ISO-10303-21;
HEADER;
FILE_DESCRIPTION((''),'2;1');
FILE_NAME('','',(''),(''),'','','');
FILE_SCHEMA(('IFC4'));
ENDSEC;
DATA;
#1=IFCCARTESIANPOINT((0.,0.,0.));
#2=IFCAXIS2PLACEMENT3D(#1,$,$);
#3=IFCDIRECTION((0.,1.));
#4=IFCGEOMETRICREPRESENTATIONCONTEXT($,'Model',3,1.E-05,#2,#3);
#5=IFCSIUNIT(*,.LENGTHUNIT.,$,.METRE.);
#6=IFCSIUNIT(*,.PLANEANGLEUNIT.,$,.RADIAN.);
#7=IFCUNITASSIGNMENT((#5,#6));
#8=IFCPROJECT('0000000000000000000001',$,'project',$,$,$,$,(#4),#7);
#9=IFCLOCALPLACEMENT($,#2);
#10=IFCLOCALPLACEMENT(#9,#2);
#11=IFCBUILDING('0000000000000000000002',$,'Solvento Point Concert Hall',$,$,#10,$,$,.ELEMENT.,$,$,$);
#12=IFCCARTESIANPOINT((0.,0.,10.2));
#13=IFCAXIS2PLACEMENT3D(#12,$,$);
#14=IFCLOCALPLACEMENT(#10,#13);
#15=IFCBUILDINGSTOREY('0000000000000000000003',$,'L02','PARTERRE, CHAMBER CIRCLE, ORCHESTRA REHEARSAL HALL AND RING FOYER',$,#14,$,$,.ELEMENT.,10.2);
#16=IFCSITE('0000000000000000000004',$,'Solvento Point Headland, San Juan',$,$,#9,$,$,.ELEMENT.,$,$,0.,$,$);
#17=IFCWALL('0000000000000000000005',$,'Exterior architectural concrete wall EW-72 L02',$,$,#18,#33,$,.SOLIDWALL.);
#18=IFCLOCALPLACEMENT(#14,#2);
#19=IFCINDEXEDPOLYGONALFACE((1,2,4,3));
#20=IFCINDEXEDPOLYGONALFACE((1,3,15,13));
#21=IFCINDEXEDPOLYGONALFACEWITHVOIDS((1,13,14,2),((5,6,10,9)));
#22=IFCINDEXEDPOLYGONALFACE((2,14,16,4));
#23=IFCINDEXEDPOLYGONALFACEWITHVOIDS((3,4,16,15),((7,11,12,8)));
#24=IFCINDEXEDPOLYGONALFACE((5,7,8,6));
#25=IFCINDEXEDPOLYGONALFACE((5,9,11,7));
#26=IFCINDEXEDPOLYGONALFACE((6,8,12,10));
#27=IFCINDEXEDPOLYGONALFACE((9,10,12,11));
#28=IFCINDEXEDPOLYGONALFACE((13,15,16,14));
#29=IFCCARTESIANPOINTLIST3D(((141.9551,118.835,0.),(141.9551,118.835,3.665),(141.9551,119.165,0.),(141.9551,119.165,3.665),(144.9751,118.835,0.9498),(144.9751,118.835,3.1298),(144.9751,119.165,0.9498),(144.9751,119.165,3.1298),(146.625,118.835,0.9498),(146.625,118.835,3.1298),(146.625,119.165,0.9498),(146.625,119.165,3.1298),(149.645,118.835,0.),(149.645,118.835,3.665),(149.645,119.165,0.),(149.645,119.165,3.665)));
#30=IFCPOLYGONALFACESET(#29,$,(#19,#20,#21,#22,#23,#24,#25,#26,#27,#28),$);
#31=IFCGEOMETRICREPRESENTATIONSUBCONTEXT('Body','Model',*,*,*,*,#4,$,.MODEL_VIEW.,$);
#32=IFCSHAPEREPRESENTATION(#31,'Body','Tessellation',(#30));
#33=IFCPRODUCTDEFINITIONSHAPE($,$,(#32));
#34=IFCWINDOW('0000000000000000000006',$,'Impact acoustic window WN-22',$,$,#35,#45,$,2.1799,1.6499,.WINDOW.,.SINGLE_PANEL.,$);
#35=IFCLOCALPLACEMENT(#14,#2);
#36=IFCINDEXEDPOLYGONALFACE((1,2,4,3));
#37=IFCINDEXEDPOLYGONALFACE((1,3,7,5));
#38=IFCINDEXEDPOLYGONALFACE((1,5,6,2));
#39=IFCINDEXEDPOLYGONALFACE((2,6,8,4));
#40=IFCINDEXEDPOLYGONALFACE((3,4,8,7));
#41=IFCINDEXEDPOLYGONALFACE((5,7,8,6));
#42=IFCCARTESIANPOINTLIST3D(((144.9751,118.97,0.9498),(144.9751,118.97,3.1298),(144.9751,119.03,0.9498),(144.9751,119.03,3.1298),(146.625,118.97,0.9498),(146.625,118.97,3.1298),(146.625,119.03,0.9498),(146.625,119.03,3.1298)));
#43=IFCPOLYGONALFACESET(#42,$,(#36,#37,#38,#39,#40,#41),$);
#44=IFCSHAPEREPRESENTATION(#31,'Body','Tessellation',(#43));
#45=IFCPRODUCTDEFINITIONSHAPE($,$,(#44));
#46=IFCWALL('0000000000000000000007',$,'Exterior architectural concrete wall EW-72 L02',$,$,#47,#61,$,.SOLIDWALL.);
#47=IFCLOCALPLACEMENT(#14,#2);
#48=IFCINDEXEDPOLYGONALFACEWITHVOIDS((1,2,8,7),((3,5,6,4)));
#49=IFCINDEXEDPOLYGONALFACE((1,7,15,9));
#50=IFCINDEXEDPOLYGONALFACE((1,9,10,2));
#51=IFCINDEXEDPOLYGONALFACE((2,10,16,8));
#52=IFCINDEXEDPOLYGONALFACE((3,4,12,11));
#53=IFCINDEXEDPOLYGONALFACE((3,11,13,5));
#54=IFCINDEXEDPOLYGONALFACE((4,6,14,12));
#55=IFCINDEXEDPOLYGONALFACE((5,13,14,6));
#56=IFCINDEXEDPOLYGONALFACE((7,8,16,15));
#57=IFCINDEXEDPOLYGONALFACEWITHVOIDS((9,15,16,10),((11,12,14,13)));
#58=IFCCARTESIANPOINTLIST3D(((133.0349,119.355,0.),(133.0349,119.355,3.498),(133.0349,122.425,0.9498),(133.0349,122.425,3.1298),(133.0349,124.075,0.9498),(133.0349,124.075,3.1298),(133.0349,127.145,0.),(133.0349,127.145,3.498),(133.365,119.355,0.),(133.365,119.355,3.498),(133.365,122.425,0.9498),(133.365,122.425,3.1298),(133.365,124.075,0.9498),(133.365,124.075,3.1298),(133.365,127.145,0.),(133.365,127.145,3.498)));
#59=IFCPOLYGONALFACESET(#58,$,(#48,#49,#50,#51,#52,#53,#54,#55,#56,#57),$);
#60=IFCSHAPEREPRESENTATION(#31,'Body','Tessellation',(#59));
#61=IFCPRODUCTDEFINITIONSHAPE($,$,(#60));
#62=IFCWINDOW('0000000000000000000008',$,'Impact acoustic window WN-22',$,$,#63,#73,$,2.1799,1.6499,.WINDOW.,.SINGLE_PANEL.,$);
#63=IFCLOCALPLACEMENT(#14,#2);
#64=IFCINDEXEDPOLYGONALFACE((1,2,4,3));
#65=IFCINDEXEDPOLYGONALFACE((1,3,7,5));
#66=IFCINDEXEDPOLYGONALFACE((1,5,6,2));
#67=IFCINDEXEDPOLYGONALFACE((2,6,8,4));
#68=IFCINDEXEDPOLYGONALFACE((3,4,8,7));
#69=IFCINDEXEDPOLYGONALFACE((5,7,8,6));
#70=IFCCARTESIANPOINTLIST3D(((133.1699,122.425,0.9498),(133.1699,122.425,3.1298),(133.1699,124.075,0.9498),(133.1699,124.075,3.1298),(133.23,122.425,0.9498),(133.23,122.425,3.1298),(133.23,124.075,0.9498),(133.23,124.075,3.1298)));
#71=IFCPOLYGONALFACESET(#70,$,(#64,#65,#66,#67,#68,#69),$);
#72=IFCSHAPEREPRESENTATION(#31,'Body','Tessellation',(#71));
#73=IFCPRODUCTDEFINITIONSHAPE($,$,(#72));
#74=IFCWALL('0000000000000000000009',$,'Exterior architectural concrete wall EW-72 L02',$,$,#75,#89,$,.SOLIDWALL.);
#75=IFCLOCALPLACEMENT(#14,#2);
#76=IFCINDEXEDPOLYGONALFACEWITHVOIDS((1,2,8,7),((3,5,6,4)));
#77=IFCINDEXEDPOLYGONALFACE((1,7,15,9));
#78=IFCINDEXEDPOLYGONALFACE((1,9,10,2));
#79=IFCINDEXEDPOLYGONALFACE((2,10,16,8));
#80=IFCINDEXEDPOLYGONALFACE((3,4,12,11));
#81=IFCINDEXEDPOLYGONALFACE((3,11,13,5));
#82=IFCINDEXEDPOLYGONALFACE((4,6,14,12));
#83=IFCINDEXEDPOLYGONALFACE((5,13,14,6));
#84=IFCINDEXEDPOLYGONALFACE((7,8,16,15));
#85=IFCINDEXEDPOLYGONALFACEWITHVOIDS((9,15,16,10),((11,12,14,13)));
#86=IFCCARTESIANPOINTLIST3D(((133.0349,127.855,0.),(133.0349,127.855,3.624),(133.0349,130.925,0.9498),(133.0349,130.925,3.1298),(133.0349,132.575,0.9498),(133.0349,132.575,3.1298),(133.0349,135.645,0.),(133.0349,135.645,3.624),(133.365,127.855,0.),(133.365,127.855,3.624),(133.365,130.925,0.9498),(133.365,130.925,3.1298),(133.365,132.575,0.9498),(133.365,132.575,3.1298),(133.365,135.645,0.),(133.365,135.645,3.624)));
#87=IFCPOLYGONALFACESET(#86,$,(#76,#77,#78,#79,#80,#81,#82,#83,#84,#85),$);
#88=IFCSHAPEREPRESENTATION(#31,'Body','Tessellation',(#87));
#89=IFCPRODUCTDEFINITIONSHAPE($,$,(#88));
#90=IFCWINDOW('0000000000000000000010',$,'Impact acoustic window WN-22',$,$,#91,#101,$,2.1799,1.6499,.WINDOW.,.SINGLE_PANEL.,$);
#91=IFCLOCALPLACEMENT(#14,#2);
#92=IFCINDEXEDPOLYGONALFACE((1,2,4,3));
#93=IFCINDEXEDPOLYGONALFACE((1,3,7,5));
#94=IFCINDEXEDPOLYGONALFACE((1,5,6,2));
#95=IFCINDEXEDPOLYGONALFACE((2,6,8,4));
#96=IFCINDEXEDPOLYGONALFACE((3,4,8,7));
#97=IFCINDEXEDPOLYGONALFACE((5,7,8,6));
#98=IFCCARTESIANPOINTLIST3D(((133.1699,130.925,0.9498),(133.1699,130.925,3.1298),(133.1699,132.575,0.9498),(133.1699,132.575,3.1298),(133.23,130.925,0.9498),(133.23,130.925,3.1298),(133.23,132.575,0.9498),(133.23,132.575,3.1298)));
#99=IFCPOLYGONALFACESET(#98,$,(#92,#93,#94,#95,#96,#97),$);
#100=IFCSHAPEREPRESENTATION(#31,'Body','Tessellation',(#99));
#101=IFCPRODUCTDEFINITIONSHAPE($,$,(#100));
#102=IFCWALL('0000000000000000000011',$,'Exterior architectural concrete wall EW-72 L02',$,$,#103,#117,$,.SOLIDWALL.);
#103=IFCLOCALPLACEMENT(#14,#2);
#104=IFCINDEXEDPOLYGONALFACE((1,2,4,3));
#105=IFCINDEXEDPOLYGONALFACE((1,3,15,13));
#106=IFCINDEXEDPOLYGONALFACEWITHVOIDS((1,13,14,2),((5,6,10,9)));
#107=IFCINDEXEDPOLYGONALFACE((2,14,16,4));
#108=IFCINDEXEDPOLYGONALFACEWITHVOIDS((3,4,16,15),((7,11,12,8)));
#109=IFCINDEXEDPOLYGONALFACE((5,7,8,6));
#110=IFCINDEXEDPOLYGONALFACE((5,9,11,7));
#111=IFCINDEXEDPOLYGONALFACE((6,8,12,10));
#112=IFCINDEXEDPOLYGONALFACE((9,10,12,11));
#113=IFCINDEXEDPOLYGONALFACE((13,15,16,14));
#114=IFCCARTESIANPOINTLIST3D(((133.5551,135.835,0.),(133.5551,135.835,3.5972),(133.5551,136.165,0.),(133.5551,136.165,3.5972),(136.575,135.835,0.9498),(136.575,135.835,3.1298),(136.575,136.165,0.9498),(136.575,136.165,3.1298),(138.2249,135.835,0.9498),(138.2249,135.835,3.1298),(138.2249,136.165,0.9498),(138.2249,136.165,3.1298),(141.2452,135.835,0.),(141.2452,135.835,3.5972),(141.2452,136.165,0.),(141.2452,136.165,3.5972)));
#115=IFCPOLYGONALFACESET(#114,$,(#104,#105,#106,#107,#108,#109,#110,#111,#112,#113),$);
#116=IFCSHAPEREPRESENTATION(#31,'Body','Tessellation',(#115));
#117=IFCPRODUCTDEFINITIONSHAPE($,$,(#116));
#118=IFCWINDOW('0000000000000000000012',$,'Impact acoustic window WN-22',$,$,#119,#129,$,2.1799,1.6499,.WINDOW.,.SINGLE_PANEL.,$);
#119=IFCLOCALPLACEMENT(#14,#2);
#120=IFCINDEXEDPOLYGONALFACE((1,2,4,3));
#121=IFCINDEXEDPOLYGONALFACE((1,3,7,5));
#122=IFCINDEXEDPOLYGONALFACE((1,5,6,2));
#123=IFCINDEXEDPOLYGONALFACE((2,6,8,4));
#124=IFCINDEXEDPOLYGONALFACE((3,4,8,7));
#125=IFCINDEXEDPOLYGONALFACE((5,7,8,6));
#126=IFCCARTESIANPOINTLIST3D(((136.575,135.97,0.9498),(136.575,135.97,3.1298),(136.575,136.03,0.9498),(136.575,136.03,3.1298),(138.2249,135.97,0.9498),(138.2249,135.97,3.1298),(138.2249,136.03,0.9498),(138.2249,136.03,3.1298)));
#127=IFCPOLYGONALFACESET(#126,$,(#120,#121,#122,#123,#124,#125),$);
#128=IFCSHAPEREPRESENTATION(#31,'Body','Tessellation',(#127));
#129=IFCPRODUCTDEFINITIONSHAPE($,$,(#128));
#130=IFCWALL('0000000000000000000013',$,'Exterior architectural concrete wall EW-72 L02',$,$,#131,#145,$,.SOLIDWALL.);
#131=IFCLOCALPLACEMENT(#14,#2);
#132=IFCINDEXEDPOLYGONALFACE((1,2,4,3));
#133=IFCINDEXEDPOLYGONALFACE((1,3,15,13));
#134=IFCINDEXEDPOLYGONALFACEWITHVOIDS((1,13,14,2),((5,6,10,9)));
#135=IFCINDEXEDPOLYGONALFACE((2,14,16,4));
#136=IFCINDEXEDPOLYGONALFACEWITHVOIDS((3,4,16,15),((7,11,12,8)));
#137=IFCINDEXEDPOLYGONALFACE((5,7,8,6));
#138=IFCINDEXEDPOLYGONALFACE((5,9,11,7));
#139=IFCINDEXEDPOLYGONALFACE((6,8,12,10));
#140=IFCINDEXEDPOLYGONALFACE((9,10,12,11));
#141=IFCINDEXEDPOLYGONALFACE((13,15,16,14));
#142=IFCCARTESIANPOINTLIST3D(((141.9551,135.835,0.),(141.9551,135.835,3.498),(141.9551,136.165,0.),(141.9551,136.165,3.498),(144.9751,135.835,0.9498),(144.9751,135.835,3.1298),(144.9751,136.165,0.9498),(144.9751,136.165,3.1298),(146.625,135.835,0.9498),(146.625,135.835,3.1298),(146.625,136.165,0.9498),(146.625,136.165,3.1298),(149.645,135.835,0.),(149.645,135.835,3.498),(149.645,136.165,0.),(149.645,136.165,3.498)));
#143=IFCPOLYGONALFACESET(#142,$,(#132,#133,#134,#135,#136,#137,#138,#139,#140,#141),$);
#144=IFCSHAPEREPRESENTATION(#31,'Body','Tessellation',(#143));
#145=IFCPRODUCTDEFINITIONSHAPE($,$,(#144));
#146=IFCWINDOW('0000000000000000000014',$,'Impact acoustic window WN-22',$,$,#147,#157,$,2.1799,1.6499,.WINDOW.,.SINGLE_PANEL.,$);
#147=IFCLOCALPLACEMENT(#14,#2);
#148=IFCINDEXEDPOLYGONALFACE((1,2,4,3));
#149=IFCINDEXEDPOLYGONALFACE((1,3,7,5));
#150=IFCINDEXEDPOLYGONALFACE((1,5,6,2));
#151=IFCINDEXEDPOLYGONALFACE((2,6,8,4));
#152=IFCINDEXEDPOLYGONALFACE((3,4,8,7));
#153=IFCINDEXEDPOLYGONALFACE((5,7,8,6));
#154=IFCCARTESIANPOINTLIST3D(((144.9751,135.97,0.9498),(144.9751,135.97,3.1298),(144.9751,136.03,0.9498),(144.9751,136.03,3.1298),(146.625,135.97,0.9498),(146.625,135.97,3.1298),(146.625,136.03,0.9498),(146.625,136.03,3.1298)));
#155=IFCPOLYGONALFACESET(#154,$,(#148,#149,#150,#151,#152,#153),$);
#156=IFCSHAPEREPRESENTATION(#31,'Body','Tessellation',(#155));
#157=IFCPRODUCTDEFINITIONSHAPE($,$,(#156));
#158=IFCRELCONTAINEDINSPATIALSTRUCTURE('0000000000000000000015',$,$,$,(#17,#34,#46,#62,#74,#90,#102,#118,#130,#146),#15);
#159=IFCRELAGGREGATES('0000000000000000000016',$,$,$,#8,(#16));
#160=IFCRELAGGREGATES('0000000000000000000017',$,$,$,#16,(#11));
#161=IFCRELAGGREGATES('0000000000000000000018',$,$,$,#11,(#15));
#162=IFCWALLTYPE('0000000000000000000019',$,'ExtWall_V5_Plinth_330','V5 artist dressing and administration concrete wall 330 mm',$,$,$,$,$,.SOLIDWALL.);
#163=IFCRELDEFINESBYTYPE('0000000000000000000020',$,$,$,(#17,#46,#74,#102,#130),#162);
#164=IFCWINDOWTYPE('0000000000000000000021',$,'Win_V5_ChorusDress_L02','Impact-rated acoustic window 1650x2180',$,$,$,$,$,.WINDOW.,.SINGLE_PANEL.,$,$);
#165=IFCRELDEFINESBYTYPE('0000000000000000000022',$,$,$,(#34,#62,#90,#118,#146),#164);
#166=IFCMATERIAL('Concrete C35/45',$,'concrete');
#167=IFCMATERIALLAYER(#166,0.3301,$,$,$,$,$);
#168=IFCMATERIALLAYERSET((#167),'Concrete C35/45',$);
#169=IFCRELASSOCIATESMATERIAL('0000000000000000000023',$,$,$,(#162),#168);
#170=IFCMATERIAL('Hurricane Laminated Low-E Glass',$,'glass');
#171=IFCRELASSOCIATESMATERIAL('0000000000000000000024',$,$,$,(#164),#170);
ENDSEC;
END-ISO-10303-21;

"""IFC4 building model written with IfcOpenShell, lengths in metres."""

from ifc_helpers import new_model, si_unit, direction, frame, frame_2d, origin, place, context, subcontext, project, spatial, rectangle, extrude, material, layer, layer_set, type_object, element, fill, save


model = new_model("IFC4")

# Units and contexts
model_context = context("Model", 3, precision=1e-05, world=origin(), true_north=direction((0.0, 1.0)))
body_context = subcontext(model_context, "Body", "Model", "MODEL_VIEW")
ifc_project = project(units=[si_unit("LENGTHUNIT", "METRE"), si_unit("PLANEANGLEUNIT", "RADIAN")], contexts=[model_context])

# Site, building, storey
site_placement = place(None, origin())
site = spatial("IfcSite", under=ifc_project, at=site_placement, Name="Solvento Point Headland, San Juan", CompositionType="ELEMENT", RefElevation=0.0)
building_placement = place(site_placement, origin())
building = spatial("IfcBuilding", under=site, at=building_placement, Name="Solvento Point Concert Hall", CompositionType="ELEMENT")
storey_placement = place(building_placement, frame((0.0, 0.0, 10.2)))
storey = spatial("IfcBuildingStorey", under=building, at=storey_placement, Name="L02", Description="PARTERRE, CHAMBER CIRCLE, ORCHESTRA REHEARSAL HALL AND RING FOYER", CompositionType="ELEMENT", Elevation=10.2)

# Walls, openings, windows
ifc_material_1 = material(Name="Concrete C35/45", Category="concrete")
ifc_layer_1 = layer(ifc_material_1, 0.3301)
ifc_layer_set_1 = layer_set([ifc_layer_1], Name="Concrete C35/45")
wall_type_1 = type_object("IfcWallType", Name="ExtWall_V5_Plinth_330", Description="V5 artist dressing and administration concrete wall 330 mm", PredefinedType="SOLIDWALL", material=ifc_layer_set_1)
wall_1_placement = place(storey_placement, frame((149.645, 119.0, 0.0), z_axis=(0.0, 0.0, 1.0), x_axis=(-1.0, 0.0, 0.0)))
wall_1 = element("IfcWall", 1, at=wall_1_placement, inside=storey, type_object=wall_type_1, Name="Exterior architectural concrete wall EW-72 L02", PredefinedType="SOLIDWALL", context=body_context, shape_type="SweptSolid", body=[
    extrude(rectangle(XDim=7.6899, YDim=0.3301, at=frame_2d((3.845, 0.0))), origin(), (0.0, 0.0, 1.0), 3.665),
])
opening_1_placement = place(wall_1_placement, frame((3.02, 0.0, 0.95)))
opening_1 = element("IfcOpeningElement", 2, at=opening_1_placement, cuts=wall_1, PredefinedType="OPENING", context=body_context, shape_type="SweptSolid", body=[
    extrude(rectangle(XDim=1.6499, YDim=2.1799, at=frame_2d((0.825, 1.0898))), frame((0.0, 0.175, 0.0), z_axis=(0.0, -1.0, 0.0), x_axis=(1.0, 0.0, 0.0)), (0.0, 0.0, 1.0), 0.3501),
])
ifc_material_2 = material(Name="Hurricane Laminated Low-E Glass", Category="glass")
window_type = type_object("IfcWindowType", Name="Win_V5_ChorusDress_L02", Description="Impact-rated acoustic window 1650x2180", PartitioningType="SINGLE_PANEL", PredefinedType="WINDOW", material=ifc_material_2)
window_1_placement = place(opening_1_placement, origin())
window_1 = element("IfcWindow", 3, at=window_1_placement, inside=storey, type_object=window_type, Name="Impact acoustic window WN-22", OverallHeight=2.1799, OverallWidth=1.6499, PartitioningType="SINGLE_PANEL", PredefinedType="WINDOW", context=body_context, shape_type="SweptSolid", body=[
    extrude(rectangle(XDim=1.6499, YDim=2.1799, at=frame_2d((0.825, 1.0898))), frame((0.0, 0.03, 0.0), z_axis=(0.0, -1.0, 0.0), x_axis=(1.0, 0.0, 0.0)), (0.0, 0.0, 1.0), 0.0601),
])
fill(opening_1, window_1)
wall_2_placement = place(storey_placement, frame((133.2, 119.355, 0.0), z_axis=(0.0, 0.0, 1.0), x_axis=(0.0, 1.0, 0.0)))
wall_2 = element("IfcWall", 4, at=wall_2_placement, inside=storey, type_object=wall_type_1, Name="Exterior architectural concrete wall EW-72 L02", PredefinedType="SOLIDWALL", context=body_context, shape_type="SweptSolid", body=[
    extrude(rectangle(XDim=7.79, YDim=0.3301, at=frame_2d((3.895, 0.0))), origin(), (0.0, 0.0, 1.0), 3.498),
])
opening_2_placement = place(wall_2_placement, frame((3.0701, 0.0, 0.95)))
opening_2 = element("IfcOpeningElement", 5, at=opening_2_placement, cuts=wall_2, PredefinedType="OPENING", context=body_context, shape_type="SweptSolid", body=[
    extrude(rectangle(XDim=1.6499, YDim=2.1799, at=frame_2d((0.825, 1.0898))), frame((0.0, 0.175, 0.0), z_axis=(0.0, -1.0, 0.0), x_axis=(1.0, 0.0, 0.0)), (0.0, 0.0, 1.0), 0.3501),
])
window_2_placement = place(opening_2_placement, origin())
window_2 = element("IfcWindow", 6, at=window_2_placement, inside=storey, type_object=window_type, Name="Impact acoustic window WN-22", OverallHeight=2.1799, OverallWidth=1.6499, PartitioningType="SINGLE_PANEL", PredefinedType="WINDOW", context=body_context, shape_type="SweptSolid", body=[
    extrude(rectangle(XDim=1.6499, YDim=2.1799, at=frame_2d((0.825, 1.0898))), frame((0.0, 0.03, 0.0), z_axis=(0.0, -1.0, 0.0), x_axis=(1.0, 0.0, 0.0)), (0.0, 0.0, 1.0), 0.0601),
])
fill(opening_2, window_2)
wall_3_placement = place(storey_placement, frame((133.2, 127.855, 0.0), z_axis=(0.0, 0.0, 1.0), x_axis=(0.0, 1.0, 0.0)))
wall_3 = element("IfcWall", 7, at=wall_3_placement, inside=storey, type_object=wall_type_1, Name="Exterior architectural concrete wall EW-72 L02", PredefinedType="SOLIDWALL", context=body_context, shape_type="SweptSolid", body=[
    extrude(rectangle(XDim=7.79, YDim=0.3301, at=frame_2d((3.895, 0.0))), origin(), (0.0, 0.0, 1.0), 3.624),
])
opening_3_placement = place(wall_3_placement, frame((3.0701, 0.0, 0.95)))
opening_3 = element("IfcOpeningElement", 8, at=opening_3_placement, cuts=wall_3, PredefinedType="OPENING", context=body_context, shape_type="SweptSolid", body=[
    extrude(rectangle(XDim=1.6499, YDim=2.1799, at=frame_2d((0.825, 1.0898))), frame((0.0, 0.175, 0.0), z_axis=(0.0, -1.0, 0.0), x_axis=(1.0, 0.0, 0.0)), (0.0, 0.0, 1.0), 0.3501),
])
window_3_placement = place(opening_3_placement, origin())
window_3 = element("IfcWindow", 9, at=window_3_placement, inside=storey, type_object=window_type, Name="Impact acoustic window WN-22", OverallHeight=2.1799, OverallWidth=1.6499, PartitioningType="SINGLE_PANEL", PredefinedType="WINDOW", context=body_context, shape_type="SweptSolid", body=[
    extrude(rectangle(XDim=1.6499, YDim=2.1799, at=frame_2d((0.825, 1.0898))), frame((0.0, 0.03, 0.0), z_axis=(0.0, -1.0, 0.0), x_axis=(1.0, 0.0, 0.0)), (0.0, 0.0, 1.0), 0.0601),
])
fill(opening_3, window_3)
wall_4_placement = place(storey_placement, frame((133.5549, 136.0, 0.0), z_axis=(0.0, 0.0, 1.0), x_axis=(1.0, 0.0, 0.0)))
wall_4 = element("IfcWall", 10, at=wall_4_placement, inside=storey, type_object=wall_type_1, Name="Exterior architectural concrete wall EW-72 L02", PredefinedType="SOLIDWALL", context=body_context, shape_type="SweptSolid", body=[
    extrude(rectangle(XDim=7.6902, YDim=0.3301, at=frame_2d((3.8452, 0.0))), origin(), (0.0, 0.0, 1.0), 3.5972),
])
opening_4_placement = place(wall_4_placement, frame((3.02, 0.0, 0.95)))
opening_4 = element("IfcOpeningElement", 11, at=opening_4_placement, cuts=wall_4, PredefinedType="OPENING", context=body_context, shape_type="SweptSolid", body=[
    extrude(rectangle(XDim=1.6499, YDim=2.1799, at=frame_2d((0.825, 1.0898))), frame((0.0, 0.175, 0.0), z_axis=(0.0, -1.0, 0.0), x_axis=(1.0, 0.0, 0.0)), (0.0, 0.0, 1.0), 0.3501),
])
window_4_placement = place(opening_4_placement, origin())
window_4 = element("IfcWindow", 12, at=window_4_placement, inside=storey, type_object=window_type, Name="Impact acoustic window WN-22", OverallHeight=2.1799, OverallWidth=1.6499, PartitioningType="SINGLE_PANEL", PredefinedType="WINDOW", context=body_context, shape_type="SweptSolid", body=[
    extrude(rectangle(XDim=1.6499, YDim=2.1799, at=frame_2d((0.825, 1.0898))), frame((0.0, 0.03, 0.0), z_axis=(0.0, -1.0, 0.0), x_axis=(1.0, 0.0, 0.0)), (0.0, 0.0, 1.0), 0.0601),
])
fill(opening_4, window_4)
wall_5_placement = place(storey_placement, frame((141.9551, 136.0, 0.0), z_axis=(0.0, 0.0, 1.0), x_axis=(1.0, 0.0, 0.0)))
wall_5 = element("IfcWall", 13, at=wall_5_placement, inside=storey, type_object=wall_type_1, Name="Exterior architectural concrete wall EW-72 L02", PredefinedType="SOLIDWALL", context=body_context, shape_type="SweptSolid", body=[
    extrude(rectangle(XDim=7.6899, YDim=0.3301, at=frame_2d((3.845, 0.0))), origin(), (0.0, 0.0, 1.0), 3.498),
])
opening_5_placement = place(wall_5_placement, frame((3.02, 0.0, 0.95)))
opening_5 = element("IfcOpeningElement", 14, at=opening_5_placement, cuts=wall_5, PredefinedType="OPENING", context=body_context, shape_type="SweptSolid", body=[
    extrude(rectangle(XDim=1.6499, YDim=2.1799, at=frame_2d((0.825, 1.0898))), frame((0.0, 0.175, 0.0), z_axis=(0.0, -1.0, 0.0), x_axis=(1.0, 0.0, 0.0)), (0.0, 0.0, 1.0), 0.3501),
])
window_5_placement = place(opening_5_placement, origin())
window_5 = element("IfcWindow", 15, at=window_5_placement, inside=storey, type_object=window_type, Name="Impact acoustic window WN-22", OverallHeight=2.1799, OverallWidth=1.6499, PartitioningType="SINGLE_PANEL", PredefinedType="WINDOW", context=body_context, shape_type="SweptSolid", body=[
    extrude(rectangle(XDim=1.6499, YDim=2.1799, at=frame_2d((0.825, 1.0898))), frame((0.0, 0.03, 0.0), z_axis=(0.0, -1.0, 0.0), x_axis=(1.0, 0.0, 0.0)), (0.0, 0.0, 1.0), 0.0601),
])
fill(opening_5, window_5)

save(model, "model.ifc")
